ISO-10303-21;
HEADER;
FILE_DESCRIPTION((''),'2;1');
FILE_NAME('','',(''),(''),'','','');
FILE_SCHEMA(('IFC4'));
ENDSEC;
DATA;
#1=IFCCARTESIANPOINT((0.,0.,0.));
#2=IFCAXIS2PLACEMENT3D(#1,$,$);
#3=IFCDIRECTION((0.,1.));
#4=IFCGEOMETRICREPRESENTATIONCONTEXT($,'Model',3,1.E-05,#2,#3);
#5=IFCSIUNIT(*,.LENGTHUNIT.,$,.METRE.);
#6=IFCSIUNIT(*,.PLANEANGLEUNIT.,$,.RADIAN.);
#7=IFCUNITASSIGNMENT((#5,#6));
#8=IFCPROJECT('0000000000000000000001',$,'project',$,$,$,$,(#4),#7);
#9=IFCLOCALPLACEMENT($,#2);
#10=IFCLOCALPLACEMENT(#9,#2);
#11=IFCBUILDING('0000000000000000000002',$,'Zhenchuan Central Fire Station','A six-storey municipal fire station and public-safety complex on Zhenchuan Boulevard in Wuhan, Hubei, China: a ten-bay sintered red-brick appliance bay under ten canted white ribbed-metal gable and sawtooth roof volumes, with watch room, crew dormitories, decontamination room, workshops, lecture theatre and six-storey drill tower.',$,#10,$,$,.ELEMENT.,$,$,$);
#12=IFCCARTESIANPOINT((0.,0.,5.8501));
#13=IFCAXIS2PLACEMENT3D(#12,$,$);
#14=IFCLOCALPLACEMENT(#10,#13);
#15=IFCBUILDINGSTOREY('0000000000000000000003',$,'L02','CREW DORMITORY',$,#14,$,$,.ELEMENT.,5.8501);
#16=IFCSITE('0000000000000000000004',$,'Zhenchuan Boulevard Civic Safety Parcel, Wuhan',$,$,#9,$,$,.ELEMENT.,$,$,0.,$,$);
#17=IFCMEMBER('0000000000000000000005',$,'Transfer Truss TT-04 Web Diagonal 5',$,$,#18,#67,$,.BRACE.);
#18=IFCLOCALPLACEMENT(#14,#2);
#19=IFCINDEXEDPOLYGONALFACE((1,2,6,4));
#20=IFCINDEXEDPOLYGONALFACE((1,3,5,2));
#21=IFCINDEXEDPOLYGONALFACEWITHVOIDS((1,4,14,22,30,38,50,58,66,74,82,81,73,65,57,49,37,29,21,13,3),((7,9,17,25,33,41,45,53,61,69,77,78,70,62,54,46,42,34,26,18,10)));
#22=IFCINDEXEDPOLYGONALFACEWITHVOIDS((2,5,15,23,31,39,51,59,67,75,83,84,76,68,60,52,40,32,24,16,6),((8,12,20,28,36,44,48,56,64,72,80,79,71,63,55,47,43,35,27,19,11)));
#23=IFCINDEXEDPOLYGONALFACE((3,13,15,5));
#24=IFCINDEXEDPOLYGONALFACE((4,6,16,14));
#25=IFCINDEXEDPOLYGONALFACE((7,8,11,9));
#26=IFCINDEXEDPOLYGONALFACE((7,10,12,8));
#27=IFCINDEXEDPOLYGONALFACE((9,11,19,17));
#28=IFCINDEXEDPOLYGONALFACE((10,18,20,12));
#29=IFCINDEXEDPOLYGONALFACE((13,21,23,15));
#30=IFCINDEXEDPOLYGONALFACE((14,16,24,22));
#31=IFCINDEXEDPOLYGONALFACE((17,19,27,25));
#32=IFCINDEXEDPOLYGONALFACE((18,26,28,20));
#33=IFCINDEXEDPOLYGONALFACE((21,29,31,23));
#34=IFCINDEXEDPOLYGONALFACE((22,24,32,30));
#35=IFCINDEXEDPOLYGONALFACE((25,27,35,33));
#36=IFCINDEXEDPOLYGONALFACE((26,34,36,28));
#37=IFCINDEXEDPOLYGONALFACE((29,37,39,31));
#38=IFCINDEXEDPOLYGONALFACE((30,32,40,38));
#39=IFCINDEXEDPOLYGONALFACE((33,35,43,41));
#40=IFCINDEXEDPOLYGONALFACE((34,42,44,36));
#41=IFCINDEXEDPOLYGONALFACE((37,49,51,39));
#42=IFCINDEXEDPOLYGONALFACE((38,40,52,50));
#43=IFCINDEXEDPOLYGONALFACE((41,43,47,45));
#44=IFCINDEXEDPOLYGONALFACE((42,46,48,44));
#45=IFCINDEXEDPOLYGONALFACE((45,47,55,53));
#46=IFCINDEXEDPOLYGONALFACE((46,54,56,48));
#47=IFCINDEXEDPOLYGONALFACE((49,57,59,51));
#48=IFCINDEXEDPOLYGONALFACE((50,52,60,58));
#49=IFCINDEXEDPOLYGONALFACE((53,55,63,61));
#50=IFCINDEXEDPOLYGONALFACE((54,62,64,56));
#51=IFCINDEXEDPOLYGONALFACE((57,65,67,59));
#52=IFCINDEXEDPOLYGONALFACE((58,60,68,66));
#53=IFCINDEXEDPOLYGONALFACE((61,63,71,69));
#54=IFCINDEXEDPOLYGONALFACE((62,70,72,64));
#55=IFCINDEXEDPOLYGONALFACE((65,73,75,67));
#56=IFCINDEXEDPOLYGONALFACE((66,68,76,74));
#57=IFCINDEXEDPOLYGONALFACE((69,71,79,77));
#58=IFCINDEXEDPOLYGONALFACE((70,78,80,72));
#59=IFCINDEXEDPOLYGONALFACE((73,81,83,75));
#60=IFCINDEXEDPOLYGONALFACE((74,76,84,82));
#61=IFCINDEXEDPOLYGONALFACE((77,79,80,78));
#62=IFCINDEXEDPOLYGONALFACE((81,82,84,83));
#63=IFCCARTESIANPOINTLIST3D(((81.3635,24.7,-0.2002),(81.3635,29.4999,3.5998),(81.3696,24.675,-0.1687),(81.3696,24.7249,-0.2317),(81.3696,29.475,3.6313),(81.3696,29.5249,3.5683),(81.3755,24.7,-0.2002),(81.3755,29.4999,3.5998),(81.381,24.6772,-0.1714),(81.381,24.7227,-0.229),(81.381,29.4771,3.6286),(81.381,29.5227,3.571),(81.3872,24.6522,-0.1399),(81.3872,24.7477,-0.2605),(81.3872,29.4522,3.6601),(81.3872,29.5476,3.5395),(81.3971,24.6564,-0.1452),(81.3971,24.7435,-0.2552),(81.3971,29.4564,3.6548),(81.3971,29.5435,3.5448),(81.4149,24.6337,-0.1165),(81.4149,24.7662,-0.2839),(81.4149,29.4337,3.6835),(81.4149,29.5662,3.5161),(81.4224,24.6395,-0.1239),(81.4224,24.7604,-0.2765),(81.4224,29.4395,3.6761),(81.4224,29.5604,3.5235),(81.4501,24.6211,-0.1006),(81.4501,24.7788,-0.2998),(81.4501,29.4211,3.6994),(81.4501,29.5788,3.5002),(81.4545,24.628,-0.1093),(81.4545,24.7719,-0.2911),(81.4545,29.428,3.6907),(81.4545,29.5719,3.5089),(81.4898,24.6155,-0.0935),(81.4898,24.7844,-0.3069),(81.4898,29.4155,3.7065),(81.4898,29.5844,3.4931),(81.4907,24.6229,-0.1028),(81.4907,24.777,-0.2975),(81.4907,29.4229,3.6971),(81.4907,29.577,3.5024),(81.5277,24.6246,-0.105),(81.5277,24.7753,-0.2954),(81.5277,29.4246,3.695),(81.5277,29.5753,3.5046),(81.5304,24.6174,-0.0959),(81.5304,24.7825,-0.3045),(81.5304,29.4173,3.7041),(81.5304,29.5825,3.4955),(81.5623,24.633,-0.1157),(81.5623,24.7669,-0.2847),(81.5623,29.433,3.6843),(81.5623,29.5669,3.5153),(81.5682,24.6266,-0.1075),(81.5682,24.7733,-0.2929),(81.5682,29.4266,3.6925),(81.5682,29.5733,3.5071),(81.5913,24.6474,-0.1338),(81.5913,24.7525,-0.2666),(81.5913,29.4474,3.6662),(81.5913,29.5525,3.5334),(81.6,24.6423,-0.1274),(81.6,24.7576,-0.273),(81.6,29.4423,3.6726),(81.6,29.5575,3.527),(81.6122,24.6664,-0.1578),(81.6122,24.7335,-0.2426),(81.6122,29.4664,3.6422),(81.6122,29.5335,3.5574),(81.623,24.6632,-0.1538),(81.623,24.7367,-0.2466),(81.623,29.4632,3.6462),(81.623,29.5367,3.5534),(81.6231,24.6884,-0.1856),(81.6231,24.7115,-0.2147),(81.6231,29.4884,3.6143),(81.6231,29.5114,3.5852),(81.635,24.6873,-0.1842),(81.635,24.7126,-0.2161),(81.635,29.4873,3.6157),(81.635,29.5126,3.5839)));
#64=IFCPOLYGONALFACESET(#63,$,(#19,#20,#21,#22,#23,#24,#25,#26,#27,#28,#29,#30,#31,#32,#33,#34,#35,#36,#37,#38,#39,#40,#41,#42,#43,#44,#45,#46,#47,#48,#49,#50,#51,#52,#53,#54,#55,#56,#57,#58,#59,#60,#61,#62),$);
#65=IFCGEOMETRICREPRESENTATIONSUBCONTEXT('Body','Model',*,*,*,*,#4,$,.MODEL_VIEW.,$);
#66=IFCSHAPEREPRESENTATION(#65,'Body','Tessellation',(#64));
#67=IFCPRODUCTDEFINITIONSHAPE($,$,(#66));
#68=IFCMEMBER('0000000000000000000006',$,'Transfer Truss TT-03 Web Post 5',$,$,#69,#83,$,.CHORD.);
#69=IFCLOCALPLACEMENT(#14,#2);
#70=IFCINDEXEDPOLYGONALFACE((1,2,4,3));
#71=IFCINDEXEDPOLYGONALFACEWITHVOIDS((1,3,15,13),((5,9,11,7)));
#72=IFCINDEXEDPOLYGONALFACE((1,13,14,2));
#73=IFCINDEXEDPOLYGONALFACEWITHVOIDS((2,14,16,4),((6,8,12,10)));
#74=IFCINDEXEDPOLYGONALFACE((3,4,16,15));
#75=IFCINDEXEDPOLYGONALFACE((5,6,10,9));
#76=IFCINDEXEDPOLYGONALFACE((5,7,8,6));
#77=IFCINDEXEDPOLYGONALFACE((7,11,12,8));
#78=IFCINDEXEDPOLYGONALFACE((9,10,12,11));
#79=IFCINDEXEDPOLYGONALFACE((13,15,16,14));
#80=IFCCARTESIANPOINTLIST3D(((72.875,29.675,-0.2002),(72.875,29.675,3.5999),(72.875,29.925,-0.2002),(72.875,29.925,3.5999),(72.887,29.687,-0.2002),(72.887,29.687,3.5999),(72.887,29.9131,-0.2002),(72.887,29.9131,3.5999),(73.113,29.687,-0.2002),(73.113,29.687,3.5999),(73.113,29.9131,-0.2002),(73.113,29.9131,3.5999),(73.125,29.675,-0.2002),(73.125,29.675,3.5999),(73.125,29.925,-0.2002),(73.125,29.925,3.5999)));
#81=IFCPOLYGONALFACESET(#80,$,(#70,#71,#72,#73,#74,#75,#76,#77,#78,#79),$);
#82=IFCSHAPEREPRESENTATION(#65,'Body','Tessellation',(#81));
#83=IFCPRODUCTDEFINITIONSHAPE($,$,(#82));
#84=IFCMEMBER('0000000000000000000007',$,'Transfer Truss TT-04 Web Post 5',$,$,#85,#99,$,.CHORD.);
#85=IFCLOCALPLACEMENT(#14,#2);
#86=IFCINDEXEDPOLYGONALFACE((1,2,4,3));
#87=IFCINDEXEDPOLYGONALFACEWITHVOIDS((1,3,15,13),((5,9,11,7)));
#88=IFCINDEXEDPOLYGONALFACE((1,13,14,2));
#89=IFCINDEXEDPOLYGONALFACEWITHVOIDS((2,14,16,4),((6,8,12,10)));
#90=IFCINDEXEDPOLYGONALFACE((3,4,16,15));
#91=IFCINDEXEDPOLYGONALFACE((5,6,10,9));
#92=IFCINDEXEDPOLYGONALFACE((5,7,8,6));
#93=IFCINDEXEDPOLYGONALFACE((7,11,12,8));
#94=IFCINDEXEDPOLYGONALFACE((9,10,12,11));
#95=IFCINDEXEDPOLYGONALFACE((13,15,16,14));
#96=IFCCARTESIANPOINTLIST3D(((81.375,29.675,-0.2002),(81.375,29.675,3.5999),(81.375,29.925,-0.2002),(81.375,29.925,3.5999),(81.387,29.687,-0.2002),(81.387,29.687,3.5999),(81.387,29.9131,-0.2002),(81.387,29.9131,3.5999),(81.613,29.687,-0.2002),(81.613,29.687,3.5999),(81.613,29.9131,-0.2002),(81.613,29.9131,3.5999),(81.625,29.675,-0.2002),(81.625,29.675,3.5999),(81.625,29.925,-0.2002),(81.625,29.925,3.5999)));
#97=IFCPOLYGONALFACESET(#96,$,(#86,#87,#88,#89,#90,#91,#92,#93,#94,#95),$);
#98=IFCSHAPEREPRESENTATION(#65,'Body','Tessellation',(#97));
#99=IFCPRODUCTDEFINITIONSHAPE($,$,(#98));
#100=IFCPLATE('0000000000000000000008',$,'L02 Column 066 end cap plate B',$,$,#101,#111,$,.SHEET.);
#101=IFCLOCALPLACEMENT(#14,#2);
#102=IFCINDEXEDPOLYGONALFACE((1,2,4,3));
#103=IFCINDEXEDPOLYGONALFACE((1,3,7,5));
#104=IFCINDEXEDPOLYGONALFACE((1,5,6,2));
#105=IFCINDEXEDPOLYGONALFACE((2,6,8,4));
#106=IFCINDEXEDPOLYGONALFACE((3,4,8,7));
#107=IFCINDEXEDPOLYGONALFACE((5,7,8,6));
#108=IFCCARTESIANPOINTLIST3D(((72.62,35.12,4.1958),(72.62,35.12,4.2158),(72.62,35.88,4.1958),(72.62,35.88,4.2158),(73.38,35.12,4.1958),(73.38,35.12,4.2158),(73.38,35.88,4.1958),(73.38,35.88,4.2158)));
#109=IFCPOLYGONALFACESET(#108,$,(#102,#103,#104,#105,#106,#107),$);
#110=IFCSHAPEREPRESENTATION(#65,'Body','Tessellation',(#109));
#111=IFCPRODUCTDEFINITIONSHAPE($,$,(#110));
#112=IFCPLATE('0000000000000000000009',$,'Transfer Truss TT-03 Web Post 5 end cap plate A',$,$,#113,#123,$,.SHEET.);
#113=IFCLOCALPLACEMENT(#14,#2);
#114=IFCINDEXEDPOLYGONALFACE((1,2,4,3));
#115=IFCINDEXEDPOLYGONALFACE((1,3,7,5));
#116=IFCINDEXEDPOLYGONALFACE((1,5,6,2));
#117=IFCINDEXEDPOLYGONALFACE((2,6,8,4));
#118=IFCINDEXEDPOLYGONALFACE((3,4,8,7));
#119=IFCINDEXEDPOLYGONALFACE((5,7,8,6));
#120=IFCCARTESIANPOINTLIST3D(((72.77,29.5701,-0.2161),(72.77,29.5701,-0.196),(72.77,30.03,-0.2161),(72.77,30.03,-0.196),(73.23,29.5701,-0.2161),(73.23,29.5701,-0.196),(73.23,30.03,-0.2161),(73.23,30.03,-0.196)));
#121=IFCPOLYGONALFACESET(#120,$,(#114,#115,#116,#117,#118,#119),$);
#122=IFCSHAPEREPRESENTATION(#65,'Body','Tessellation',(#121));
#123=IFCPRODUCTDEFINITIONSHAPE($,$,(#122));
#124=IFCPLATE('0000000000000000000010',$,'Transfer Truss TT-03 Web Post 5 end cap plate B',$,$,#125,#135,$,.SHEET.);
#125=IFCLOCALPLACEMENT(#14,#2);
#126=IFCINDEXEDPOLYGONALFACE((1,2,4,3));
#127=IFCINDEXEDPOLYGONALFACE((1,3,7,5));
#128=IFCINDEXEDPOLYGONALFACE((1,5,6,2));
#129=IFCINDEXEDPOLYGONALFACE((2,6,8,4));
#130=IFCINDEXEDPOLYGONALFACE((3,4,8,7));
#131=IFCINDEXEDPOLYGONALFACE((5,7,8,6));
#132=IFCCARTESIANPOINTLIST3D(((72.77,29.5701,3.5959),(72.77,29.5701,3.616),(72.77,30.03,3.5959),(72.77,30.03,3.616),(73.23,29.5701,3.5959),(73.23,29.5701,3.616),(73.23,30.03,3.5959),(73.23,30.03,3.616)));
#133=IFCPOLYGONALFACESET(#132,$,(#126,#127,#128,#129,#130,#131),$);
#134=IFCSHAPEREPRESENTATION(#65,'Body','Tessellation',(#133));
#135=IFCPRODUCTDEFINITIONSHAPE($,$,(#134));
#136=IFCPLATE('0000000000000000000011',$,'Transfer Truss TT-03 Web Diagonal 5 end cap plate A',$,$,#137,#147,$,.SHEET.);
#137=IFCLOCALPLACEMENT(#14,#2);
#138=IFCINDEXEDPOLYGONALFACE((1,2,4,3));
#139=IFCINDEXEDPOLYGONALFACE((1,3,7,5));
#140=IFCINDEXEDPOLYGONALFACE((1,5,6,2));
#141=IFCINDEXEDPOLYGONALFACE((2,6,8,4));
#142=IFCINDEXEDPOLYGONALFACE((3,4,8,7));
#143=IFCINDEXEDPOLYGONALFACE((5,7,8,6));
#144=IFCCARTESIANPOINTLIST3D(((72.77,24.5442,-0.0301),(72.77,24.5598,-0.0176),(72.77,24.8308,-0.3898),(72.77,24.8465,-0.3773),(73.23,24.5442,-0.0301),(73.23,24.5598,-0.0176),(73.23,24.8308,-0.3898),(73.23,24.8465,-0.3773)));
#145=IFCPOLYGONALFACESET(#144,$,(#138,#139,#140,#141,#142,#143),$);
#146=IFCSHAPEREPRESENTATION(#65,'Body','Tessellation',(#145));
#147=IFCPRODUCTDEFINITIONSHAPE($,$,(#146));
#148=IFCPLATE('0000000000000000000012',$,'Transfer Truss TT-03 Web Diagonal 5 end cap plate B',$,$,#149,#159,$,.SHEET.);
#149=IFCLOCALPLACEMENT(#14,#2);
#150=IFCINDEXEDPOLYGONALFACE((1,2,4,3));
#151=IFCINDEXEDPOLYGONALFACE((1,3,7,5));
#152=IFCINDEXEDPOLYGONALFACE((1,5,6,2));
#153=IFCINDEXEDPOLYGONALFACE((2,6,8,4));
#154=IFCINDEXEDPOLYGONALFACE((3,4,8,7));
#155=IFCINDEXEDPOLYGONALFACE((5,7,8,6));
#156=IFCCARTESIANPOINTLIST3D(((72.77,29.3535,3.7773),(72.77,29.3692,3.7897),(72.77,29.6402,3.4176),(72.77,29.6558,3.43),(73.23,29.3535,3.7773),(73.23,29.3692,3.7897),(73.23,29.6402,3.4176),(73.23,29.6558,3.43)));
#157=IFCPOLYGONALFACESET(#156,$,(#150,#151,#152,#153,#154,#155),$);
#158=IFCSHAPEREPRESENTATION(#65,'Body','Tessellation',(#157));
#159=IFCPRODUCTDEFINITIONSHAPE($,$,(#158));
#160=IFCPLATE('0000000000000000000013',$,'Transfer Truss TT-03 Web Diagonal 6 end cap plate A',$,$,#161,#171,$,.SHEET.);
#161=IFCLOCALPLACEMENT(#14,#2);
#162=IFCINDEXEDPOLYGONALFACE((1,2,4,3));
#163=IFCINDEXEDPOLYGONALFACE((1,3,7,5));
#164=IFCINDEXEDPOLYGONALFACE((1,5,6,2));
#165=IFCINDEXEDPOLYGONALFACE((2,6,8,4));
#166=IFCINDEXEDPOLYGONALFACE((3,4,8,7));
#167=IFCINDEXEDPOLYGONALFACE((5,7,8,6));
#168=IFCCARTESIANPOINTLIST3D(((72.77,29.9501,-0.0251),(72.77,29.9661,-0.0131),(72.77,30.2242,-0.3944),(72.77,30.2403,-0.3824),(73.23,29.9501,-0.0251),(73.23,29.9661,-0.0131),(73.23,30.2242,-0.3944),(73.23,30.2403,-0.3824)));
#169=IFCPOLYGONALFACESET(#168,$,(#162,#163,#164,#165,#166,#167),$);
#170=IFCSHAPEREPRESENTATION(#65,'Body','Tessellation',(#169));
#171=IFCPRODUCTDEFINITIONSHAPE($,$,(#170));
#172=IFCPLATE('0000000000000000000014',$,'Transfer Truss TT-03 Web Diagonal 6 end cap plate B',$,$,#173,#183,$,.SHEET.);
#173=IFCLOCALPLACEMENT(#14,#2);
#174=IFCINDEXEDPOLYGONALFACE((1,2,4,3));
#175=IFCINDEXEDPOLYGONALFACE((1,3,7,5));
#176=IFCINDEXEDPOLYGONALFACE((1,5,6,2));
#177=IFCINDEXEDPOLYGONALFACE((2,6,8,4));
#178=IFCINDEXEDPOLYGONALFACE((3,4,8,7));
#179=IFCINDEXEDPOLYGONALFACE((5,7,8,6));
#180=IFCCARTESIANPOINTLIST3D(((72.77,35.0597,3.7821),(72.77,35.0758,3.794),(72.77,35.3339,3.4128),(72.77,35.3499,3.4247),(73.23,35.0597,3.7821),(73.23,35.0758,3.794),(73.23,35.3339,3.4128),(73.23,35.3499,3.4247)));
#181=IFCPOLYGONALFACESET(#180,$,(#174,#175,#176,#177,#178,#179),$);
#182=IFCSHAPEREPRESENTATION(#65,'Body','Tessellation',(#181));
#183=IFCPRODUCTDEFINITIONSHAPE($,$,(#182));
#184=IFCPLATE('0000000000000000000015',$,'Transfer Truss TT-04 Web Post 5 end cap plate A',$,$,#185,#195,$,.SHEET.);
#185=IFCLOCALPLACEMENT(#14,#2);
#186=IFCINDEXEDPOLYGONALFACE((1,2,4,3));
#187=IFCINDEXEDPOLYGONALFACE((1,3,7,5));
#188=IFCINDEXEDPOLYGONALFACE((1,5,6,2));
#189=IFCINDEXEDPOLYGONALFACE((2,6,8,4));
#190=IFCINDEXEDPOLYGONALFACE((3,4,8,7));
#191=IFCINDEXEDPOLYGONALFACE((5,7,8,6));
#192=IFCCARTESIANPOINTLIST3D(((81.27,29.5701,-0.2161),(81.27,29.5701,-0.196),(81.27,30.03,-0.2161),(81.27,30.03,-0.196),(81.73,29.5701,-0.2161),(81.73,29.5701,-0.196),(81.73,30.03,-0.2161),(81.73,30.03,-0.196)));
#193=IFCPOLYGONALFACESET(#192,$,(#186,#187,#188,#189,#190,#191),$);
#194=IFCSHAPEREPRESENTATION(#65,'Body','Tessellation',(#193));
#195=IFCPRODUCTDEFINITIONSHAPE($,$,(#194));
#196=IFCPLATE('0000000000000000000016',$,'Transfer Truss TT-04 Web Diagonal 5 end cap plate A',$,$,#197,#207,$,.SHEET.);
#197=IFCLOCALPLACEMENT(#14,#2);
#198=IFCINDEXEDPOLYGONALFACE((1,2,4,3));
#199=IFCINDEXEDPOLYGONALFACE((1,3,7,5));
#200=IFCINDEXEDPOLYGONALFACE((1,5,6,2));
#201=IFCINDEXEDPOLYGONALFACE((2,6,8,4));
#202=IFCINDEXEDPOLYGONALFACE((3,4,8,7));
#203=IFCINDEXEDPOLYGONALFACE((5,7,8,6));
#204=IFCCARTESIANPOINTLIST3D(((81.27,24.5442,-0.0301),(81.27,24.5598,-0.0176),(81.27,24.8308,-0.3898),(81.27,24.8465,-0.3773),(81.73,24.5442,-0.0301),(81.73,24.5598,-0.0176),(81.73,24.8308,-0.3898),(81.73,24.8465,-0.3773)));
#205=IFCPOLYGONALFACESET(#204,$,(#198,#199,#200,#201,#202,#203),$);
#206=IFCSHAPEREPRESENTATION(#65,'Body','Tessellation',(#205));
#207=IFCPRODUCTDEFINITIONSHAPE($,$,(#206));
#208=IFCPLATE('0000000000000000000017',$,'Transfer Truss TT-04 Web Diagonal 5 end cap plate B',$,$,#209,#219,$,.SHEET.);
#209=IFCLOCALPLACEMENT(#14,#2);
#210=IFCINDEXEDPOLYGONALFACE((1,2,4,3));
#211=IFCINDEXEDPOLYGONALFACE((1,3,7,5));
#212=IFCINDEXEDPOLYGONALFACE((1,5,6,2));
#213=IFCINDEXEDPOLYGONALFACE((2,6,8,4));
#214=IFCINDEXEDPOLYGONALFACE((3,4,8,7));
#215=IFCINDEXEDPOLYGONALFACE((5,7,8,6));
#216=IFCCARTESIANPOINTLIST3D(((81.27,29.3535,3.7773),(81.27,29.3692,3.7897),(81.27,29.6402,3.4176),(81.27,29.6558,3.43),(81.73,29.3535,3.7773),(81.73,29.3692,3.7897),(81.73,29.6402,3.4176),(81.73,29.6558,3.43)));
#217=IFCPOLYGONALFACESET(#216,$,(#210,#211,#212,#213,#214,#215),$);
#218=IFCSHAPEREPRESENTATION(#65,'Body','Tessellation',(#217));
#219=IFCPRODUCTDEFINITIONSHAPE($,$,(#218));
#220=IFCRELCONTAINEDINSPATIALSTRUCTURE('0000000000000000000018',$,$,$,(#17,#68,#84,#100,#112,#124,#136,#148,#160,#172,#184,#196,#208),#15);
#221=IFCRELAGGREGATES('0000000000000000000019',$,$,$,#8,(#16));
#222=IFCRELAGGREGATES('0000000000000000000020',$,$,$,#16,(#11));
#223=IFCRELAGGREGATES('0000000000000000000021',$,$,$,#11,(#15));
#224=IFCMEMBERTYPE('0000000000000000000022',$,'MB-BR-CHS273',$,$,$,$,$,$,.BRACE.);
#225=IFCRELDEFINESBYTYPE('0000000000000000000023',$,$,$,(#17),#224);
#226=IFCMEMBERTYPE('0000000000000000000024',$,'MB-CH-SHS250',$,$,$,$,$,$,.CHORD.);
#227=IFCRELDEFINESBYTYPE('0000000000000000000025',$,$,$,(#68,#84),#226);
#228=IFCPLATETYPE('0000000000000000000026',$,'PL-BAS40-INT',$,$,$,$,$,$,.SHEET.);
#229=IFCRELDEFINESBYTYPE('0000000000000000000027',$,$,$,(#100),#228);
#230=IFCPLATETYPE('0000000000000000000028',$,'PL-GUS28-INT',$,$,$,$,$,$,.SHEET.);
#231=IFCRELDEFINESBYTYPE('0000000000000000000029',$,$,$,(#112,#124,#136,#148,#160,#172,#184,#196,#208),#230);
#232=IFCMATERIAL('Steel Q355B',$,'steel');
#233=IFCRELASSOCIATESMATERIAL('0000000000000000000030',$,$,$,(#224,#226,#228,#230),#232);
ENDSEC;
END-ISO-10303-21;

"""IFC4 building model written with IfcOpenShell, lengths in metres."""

from ifc_helpers import new_model, si_unit, direction, frame, origin, origin_2d, place, context, subcontext, project, spatial, rectangle, hollow_rectangle, hollow_circle, extrude, material, material_profile, profile_set, type_object, element, save


model = new_model("IFC4")

# Units and contexts
model_context = context("Model", 3, precision=1e-05, world=origin(), true_north=direction((0.0, 1.0)))
body_context = subcontext(model_context, "Body", "Model", "MODEL_VIEW")
ifc_project = project(units=[si_unit("LENGTHUNIT", "METRE"), si_unit("PLANEANGLEUNIT", "RADIAN")], contexts=[model_context])

# Site, building, storey
site_placement = place(None, origin())
site = spatial("IfcSite", under=ifc_project, at=site_placement, Name="Zhenchuan Boulevard Civic Safety Parcel, Wuhan", CompositionType="ELEMENT", RefElevation=0.0)
building_placement = place(site_placement, origin())
building = spatial("IfcBuilding", under=site, at=building_placement, Name="Zhenchuan Central Fire Station", Description="A six-storey municipal fire station and public-safety complex on Zhenchuan Boulevard in Wuhan, Hubei, China: a ten-bay sintered red-brick appliance bay under ten canted white ribbed-metal gable and sawtooth roof volumes, with watch room, crew dormitories, decontamination room, workshops, lecture theatre and six-storey drill tower.", CompositionType="ELEMENT")
storey_placement = place(building_placement, frame((0.0, 0.0, 5.8501)))
storey = spatial("IfcBuildingStorey", under=building, at=storey_placement, Name="L02", Description="CREW DORMITORY", CompositionType="ELEMENT", Elevation=5.8501)

# Shared definitions
ifc_material_1 = material(Name="Steel Q355B", Category="steel")

# Members
ifc_material_profile_1 = material_profile(ifc_material_1, hollow_circle(Radius=0.1365, WallThickness=0.012, at=origin_2d()), Name="CHS 273x12")
ifc_profile_set_1 = profile_set([ifc_material_profile_1], Name="Steel Q355B")
member_type_1 = type_object("IfcMemberType", Name="MB-BR-CHS273", PredefinedType="BRACE", material=ifc_profile_set_1)
for number, where, z_axis, x_axis, name in (
    (1, (81.5, 24.7, -0.2002), (0.0, 0.784045, 0.620704), (-1.0, 0.0, 0.0), "Transfer Truss TT-04 Web Diagonal 5"),
):
    element("IfcMember", number, at=place(storey_placement, frame(where, z_axis=z_axis, x_axis=x_axis)), inside=storey, type_object=member_type_1, Name=name, PredefinedType="BRACE", context=body_context, shape_type="SweptSolid", body=[
        extrude(hollow_circle(Radius=0.1365, WallThickness=0.012, at=origin_2d()), origin(), (0.0, 0.0, 1.0), 6.1221),
    ])
ifc_material_profile_2 = material_profile(ifc_material_1, hollow_rectangle(XDim=0.25, YDim=0.25, WallThickness=0.012, at=origin_2d()), Name="SHS 250x250x12")
ifc_profile_set_2 = profile_set([ifc_material_profile_2], Name="Steel Q355B")
member_type_2 = type_object("IfcMemberType", Name="MB-CH-SHS250", PredefinedType="CHORD", material=ifc_profile_set_2)
for number, where, z_axis, x_axis, name in (
    (2, (73.0, 29.8, -0.2002), (0.0, 0.0, 1.0), (1.0, 0.0, 0.0), "Transfer Truss TT-03 Web Post 5"),
    (3, (81.5, 29.8, -0.2002), (0.0, 0.0, 1.0), (1.0, 0.0, 0.0), "Transfer Truss TT-04 Web Post 5"),
):
    element("IfcMember", number, at=place(storey_placement, frame(where, z_axis=z_axis, x_axis=x_axis)), inside=storey, type_object=member_type_2, Name=name, PredefinedType="CHORD", context=body_context, shape_type="SweptSolid", body=[
        extrude(hollow_rectangle(XDim=0.25, YDim=0.25, WallThickness=0.012, at=origin_2d()), origin(), (0.0, 0.0, 1.0), 3.8),
    ])

# Plates
ifc_material_profile_3 = material_profile(ifc_material_1, rectangle(XDim=0.76, YDim=0.76, at=origin_2d()), Name="PL 760x760x40")
ifc_profile_set_3 = profile_set([ifc_material_profile_3], Name="Steel Q355B")
plate_type_1 = type_object("IfcPlateType", Name="PL-BAS40-INT", PredefinedType="SHEET", material=ifc_profile_set_3)
plate_placement = place(storey_placement, frame((73.0, 35.5, 4.1958), z_axis=(0.0, 0.0, 1.0), x_axis=(1.0, 0.0, 0.0)))
element("IfcPlate", 4, at=plate_placement, inside=storey, type_object=plate_type_1, Name="L02 Column 066 end cap plate B", PredefinedType="SHEET", context=body_context, shape_type="SweptSolid", body=[
    extrude(rectangle(XDim=0.76, YDim=0.76, at=origin_2d()), origin(), (0.0, 0.0, 1.0), 0.02),
])
ifc_material_profile_4 = material_profile(ifc_material_1, rectangle(XDim=0.46, YDim=0.46, at=origin_2d()), Name="PL 460x460x28")
ifc_profile_set_4 = profile_set([ifc_material_profile_4], Name="Steel Q355B")
plate_type_2 = type_object("IfcPlateType", Name="PL-GUS28-INT", PredefinedType="SHEET", material=ifc_profile_set_4)
for number, where, z_axis, x_axis, name in (
    (5, (73.0, 29.8, -0.2161), (0.0, 0.0, 1.0), (1.0, 0.0, 0.0), "Transfer Truss TT-03 Web Post 5 end cap plate A"),
    (6, (73.0, 29.8, 3.5959), (0.0, 0.0, 1.0), (1.0, 0.0, 0.0), "Transfer Truss TT-03 Web Post 5 end cap plate B"),
    (7, (73.0, 24.6875, -0.21), (0.0, 0.78206, 0.623204), (-1.0, 0.0, 0.0), "Transfer Truss TT-03 Web Diagonal 5 end cap plate A"),
    (8, (73.0, 29.4968, 3.5974), (0.0, 0.78206, 0.623204), (-1.0, 0.0, 0.0), "Transfer Truss TT-03 Web Diagonal 5 end cap plate B"),
    (9, (73.0, 30.0872, -0.2097), (0.0, 0.80291, 0.5961), (-1.0, 0.0, 0.0), "Transfer Truss TT-03 Web Diagonal 6 end cap plate A"),
    (10, (73.0, 35.1968, 3.5974), (0.0, 0.80291, 0.5961), (-1.0, 0.0, 0.0), "Transfer Truss TT-03 Web Diagonal 6 end cap plate B"),
    (11, (81.5, 29.8, -0.2161), (0.0, 0.0, 1.0), (1.0, 0.0, 0.0), "Transfer Truss TT-04 Web Post 5 end cap plate A"),
    (12, (81.5, 24.6875, -0.21), (0.0, 0.78206, 0.623204), (-1.0, 0.0, 0.0), "Transfer Truss TT-04 Web Diagonal 5 end cap plate A"),
    (13, (81.5, 29.4968, 3.5974), (0.0, 0.78206, 0.623204), (-1.0, 0.0, 0.0), "Transfer Truss TT-04 Web Diagonal 5 end cap plate B"),
):
    element("IfcPlate", number, at=place(storey_placement, frame(where, z_axis=z_axis, x_axis=x_axis)), inside=storey, type_object=plate_type_2, Name=name, PredefinedType="SHEET", context=body_context, shape_type="SweptSolid", body=[
        extrude(rectangle(XDim=0.46, YDim=0.46, at=origin_2d()), origin(), (0.0, 0.0, 1.0), 0.02),
    ])

save(model, "model.ifc")
